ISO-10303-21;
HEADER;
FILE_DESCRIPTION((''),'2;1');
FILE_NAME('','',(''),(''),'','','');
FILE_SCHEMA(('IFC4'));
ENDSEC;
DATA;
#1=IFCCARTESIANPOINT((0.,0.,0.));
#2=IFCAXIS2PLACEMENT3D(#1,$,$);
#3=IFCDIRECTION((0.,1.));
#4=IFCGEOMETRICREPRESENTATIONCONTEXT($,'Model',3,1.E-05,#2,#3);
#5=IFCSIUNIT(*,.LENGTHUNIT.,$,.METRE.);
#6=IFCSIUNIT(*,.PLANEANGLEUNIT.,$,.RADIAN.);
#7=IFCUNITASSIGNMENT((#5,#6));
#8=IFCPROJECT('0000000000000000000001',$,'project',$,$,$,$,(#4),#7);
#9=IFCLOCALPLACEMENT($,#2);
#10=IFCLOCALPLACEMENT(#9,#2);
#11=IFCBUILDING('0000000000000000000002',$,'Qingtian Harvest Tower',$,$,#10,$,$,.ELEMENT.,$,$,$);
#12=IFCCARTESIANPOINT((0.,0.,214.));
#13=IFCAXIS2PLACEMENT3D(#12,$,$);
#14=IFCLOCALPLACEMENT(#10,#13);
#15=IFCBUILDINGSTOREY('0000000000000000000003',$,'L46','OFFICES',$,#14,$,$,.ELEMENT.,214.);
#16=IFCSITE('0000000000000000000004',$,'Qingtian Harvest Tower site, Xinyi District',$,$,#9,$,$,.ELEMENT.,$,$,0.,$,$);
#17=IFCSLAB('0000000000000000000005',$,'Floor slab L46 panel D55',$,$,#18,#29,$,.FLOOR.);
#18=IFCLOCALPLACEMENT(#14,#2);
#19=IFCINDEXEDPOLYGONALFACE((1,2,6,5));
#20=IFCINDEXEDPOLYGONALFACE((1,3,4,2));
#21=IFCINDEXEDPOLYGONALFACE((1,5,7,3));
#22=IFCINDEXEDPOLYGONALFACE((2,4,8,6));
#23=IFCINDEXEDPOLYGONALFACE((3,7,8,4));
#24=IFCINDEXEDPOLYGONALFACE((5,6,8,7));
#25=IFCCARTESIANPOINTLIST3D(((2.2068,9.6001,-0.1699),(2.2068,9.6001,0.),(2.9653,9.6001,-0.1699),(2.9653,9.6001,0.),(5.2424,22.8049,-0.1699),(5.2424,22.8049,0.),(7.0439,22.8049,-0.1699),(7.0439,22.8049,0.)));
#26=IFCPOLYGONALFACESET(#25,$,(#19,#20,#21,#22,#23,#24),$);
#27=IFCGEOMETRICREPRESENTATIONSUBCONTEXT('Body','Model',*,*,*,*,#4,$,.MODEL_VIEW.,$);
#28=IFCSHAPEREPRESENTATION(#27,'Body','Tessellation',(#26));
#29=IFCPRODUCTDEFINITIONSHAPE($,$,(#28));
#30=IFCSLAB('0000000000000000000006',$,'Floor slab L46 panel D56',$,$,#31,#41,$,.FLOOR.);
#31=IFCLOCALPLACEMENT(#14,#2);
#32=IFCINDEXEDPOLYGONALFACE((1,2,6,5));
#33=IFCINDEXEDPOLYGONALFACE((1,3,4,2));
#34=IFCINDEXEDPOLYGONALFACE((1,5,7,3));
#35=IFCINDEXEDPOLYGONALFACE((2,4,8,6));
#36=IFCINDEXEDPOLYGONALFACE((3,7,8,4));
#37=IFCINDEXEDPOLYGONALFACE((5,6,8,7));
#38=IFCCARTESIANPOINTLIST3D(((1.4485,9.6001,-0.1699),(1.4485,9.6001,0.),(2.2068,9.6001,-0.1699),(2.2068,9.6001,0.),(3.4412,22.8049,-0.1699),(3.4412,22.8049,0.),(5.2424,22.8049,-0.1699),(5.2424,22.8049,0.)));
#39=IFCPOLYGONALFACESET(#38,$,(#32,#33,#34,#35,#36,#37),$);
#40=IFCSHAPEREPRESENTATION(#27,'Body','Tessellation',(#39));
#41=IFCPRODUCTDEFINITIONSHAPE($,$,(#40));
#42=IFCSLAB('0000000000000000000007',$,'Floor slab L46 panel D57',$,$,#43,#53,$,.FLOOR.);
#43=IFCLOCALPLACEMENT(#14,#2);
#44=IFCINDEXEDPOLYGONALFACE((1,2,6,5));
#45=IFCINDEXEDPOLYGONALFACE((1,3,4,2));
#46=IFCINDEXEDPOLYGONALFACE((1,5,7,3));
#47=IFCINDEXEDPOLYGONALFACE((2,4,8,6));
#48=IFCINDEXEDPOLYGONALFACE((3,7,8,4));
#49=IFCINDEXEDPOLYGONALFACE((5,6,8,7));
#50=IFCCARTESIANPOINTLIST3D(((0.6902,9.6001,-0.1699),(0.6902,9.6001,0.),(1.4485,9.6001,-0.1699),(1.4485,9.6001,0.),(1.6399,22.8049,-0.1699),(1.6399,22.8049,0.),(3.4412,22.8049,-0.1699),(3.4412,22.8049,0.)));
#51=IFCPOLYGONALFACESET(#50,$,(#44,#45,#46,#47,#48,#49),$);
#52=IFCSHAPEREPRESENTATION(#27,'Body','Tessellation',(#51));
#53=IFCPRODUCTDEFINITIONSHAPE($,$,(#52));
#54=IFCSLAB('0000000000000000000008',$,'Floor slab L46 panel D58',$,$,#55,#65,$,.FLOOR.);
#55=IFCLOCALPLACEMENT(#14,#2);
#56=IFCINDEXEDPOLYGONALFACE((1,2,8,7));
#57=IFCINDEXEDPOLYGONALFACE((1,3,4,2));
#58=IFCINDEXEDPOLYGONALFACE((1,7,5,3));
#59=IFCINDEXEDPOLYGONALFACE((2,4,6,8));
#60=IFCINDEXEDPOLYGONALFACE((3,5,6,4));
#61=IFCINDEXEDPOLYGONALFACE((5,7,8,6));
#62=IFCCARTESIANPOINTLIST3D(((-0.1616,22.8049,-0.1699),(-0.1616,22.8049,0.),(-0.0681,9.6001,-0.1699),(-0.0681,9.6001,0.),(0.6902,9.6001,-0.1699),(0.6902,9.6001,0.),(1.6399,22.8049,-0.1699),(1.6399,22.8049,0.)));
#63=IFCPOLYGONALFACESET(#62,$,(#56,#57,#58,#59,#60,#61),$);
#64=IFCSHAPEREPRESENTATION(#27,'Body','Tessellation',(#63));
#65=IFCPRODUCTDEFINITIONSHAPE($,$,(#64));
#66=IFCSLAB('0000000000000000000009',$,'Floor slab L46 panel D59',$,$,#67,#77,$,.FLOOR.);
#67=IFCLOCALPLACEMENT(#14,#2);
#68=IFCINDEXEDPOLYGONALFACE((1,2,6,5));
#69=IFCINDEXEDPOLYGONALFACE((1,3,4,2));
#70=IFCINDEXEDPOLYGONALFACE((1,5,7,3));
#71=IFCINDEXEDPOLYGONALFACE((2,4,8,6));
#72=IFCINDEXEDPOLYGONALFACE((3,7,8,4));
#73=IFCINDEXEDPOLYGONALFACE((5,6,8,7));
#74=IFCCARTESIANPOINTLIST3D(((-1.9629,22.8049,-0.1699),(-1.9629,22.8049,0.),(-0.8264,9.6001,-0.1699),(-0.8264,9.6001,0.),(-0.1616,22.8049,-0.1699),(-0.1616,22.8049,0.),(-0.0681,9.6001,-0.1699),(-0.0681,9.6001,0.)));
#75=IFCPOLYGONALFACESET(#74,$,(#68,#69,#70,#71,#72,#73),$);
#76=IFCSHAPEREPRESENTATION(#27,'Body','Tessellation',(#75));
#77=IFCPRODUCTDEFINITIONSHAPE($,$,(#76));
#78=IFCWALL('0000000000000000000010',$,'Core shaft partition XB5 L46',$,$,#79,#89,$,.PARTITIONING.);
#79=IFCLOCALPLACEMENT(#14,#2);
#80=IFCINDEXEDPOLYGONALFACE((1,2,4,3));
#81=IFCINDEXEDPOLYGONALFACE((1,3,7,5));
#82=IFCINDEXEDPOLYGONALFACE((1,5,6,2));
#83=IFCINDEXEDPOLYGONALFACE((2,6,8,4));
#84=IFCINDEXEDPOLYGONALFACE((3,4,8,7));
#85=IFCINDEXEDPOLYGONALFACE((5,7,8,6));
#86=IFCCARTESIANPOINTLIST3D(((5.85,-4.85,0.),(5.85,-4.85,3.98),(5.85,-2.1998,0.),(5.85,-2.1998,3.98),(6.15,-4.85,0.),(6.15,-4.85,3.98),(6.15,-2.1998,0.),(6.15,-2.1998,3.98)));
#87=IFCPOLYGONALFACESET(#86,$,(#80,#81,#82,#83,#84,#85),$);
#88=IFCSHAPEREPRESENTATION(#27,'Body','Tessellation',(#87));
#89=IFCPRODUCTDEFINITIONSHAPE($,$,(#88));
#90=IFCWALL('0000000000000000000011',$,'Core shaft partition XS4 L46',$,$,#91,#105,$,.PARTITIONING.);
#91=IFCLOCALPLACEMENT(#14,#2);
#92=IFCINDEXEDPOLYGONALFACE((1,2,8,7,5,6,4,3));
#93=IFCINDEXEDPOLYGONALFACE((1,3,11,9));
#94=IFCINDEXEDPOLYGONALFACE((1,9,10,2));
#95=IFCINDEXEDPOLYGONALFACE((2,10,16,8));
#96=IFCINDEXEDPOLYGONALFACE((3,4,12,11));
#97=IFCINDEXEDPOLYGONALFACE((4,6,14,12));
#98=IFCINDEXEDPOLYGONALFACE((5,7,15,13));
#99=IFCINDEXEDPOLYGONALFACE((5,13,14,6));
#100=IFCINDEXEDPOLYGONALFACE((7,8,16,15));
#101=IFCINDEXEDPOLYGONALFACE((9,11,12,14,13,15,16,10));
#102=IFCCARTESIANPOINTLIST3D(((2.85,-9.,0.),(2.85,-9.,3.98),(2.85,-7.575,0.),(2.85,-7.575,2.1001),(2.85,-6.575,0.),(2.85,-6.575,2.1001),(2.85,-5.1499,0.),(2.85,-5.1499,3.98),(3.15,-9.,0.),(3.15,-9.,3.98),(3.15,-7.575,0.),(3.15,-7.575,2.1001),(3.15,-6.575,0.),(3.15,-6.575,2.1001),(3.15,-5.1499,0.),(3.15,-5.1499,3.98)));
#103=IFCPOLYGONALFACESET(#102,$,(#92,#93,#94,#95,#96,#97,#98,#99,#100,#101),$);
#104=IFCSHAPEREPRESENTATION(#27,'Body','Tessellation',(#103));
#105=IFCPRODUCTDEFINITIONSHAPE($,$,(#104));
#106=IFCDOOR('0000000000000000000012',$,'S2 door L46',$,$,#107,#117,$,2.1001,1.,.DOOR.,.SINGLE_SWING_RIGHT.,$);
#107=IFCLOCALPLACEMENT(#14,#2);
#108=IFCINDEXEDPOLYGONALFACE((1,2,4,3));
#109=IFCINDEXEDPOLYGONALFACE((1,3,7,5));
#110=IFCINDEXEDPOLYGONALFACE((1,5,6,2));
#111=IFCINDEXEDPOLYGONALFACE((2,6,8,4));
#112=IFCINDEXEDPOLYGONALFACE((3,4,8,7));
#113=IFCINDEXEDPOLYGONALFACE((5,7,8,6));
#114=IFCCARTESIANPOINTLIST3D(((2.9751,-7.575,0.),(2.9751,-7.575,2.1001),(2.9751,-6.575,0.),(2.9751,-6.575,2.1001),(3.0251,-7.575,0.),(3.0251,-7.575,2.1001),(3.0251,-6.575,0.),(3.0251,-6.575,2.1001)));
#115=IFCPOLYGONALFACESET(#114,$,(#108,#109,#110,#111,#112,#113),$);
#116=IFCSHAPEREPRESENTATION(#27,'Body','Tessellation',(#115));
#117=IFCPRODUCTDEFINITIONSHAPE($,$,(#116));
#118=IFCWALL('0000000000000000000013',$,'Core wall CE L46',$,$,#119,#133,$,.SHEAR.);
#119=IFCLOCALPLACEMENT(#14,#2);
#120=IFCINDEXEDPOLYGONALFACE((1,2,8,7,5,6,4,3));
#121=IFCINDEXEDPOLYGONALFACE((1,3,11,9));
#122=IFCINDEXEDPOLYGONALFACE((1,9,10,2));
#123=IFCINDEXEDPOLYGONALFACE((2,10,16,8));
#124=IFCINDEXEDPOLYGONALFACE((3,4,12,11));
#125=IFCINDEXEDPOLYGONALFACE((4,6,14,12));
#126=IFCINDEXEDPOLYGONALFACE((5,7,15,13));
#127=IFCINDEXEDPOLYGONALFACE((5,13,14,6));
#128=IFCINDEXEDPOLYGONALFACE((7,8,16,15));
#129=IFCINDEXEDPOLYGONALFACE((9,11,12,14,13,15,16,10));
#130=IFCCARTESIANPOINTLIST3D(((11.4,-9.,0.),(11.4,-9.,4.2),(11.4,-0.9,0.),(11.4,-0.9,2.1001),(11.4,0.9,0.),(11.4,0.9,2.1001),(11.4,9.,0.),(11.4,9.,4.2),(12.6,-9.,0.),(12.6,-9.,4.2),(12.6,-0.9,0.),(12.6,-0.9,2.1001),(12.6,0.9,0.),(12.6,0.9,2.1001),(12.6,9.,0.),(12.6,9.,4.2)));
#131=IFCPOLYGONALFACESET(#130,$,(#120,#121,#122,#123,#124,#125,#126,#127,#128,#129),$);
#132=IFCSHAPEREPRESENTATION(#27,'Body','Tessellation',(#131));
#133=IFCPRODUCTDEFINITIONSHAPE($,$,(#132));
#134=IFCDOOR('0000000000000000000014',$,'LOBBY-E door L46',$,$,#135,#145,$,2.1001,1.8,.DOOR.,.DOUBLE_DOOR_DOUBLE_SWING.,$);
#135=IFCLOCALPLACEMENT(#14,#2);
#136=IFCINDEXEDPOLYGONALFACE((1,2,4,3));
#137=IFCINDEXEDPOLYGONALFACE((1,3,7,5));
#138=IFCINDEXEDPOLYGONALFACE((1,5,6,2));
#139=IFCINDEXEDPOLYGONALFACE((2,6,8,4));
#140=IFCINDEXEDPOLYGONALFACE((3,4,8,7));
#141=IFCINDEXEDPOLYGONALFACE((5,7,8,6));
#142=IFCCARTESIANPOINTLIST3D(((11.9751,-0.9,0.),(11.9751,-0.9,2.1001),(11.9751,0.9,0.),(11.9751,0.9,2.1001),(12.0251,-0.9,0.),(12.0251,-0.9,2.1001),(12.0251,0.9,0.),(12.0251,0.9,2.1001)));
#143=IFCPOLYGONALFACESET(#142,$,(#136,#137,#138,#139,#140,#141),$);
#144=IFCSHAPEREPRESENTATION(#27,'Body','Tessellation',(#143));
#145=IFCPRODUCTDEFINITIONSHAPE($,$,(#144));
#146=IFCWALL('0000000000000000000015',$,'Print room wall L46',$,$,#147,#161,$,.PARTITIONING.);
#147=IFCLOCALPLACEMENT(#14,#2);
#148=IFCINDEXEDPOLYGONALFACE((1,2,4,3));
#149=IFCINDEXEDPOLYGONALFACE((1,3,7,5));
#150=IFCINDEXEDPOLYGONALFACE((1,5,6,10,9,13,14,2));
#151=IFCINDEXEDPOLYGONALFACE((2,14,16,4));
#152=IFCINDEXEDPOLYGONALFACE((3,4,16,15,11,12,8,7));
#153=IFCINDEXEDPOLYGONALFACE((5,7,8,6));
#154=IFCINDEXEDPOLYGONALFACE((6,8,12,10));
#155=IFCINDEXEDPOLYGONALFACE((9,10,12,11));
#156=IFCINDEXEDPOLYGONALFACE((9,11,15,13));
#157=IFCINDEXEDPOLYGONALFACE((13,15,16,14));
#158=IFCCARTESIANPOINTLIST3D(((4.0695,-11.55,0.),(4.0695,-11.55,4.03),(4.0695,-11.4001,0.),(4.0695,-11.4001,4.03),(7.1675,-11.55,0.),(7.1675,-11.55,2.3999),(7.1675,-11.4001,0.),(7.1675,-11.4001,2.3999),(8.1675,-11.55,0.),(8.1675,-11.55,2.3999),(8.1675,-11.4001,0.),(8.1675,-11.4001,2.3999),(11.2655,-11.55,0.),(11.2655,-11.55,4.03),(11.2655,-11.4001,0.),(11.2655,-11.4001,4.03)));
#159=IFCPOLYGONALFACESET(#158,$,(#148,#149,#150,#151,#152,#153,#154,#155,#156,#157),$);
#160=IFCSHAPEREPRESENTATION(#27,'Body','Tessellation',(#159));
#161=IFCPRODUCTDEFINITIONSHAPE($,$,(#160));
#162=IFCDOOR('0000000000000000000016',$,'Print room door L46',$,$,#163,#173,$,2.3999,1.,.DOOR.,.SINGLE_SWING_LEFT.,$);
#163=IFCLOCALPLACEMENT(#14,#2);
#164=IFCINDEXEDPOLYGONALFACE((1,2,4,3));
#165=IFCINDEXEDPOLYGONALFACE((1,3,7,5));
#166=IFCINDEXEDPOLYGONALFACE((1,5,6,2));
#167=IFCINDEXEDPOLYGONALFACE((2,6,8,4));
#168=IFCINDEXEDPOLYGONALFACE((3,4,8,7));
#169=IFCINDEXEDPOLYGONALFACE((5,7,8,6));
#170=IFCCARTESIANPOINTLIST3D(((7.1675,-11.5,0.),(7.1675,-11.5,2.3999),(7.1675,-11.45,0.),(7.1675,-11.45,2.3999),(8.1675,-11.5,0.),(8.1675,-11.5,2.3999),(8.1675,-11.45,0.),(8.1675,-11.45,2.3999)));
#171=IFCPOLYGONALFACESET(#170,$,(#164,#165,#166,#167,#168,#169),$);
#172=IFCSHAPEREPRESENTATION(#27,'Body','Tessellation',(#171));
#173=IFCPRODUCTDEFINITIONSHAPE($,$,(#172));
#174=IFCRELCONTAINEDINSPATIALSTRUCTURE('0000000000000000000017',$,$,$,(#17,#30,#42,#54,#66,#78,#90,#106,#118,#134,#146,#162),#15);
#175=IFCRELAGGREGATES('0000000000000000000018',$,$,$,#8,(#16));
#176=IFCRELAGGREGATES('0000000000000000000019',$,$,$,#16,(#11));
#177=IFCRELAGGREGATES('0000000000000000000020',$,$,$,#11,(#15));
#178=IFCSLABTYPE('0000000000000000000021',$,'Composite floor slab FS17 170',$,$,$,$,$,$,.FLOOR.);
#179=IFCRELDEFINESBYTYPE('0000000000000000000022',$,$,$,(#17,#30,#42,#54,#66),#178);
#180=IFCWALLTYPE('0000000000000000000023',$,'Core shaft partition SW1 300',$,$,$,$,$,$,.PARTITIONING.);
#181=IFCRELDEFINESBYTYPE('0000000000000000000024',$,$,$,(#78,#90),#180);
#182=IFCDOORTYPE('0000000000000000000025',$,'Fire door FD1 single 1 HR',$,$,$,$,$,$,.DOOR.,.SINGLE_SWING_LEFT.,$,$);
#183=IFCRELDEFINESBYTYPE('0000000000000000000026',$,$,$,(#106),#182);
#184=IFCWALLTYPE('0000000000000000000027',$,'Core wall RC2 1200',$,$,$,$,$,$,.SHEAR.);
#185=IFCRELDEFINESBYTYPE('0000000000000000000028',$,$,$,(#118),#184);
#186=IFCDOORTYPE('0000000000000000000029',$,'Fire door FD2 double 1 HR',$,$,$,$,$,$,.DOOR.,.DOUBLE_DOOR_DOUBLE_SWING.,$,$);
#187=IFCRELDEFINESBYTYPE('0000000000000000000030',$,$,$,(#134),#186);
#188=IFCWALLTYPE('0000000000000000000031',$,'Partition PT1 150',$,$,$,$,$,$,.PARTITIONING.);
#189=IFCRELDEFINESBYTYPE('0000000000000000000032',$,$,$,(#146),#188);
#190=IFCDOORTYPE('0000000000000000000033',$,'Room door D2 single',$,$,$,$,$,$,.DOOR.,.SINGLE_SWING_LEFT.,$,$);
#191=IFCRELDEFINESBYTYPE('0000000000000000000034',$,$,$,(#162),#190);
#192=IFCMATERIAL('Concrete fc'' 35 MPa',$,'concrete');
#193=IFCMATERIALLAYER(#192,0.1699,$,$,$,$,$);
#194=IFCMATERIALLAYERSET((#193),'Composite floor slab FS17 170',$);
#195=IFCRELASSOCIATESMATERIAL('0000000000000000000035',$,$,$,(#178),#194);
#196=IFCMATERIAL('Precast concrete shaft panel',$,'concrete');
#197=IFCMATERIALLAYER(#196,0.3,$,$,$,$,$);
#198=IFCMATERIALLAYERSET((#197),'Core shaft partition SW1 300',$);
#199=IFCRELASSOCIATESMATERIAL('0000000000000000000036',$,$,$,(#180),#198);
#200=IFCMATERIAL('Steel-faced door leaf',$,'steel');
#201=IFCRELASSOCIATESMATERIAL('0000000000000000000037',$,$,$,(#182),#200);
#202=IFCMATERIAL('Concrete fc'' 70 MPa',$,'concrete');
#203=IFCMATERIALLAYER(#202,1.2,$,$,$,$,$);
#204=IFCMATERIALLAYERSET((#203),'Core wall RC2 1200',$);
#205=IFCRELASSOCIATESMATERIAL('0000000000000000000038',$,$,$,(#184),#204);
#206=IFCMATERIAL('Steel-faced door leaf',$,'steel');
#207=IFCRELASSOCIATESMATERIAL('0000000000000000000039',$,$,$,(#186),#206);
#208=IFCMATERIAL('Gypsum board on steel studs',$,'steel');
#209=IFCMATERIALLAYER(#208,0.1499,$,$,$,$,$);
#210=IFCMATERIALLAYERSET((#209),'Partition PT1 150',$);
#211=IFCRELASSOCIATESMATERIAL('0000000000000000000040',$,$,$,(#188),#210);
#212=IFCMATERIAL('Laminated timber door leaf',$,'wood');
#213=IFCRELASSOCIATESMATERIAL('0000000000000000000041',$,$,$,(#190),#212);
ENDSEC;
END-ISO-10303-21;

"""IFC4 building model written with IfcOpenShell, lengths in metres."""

from ifc_helpers import new_model, si_unit, direction, frame, frame_2d, origin, place, context, subcontext, project, spatial, polyline, rectangle, outline, extrude, material, layer, layer_set, type_object, element, fill, save


model = new_model("IFC4")

# Units and contexts
model_context = context("Model", 3, precision=1e-05, world=origin(), true_north=direction((0.0, 1.0)))
body_context = subcontext(model_context, "Body", "Model", "MODEL_VIEW")
ifc_project = project(units=[si_unit("LENGTHUNIT", "METRE"), si_unit("PLANEANGLEUNIT", "RADIAN")], contexts=[model_context])

# Site, building, storey
site_placement = place(None, origin())
site = spatial("IfcSite", under=ifc_project, at=site_placement, Name="Qingtian Harvest Tower site, Xinyi District", CompositionType="ELEMENT", RefElevation=0.0)
building_placement = place(site_placement, origin())
building = spatial("IfcBuilding", under=site, at=building_placement, Name="Qingtian Harvest Tower", CompositionType="ELEMENT")
storey_placement = place(building_placement, frame((0.0, 0.0, 214.0)))
storey = spatial("IfcBuildingStorey", under=building, at=storey_placement, Name="L46", Description="OFFICES", CompositionType="ELEMENT", Elevation=214.0)

# Slabs
ifc_material_1 = material(Name="Concrete fc' 35 MPa", Category="concrete")
ifc_layer_1 = layer(ifc_material_1, 0.1699)
ifc_layer_set_1 = layer_set([ifc_layer_1], Name="Composite floor slab FS17 170")
slab_type = type_object("IfcSlabType", Name="Composite floor slab FS17 170", PredefinedType="FLOOR", material=ifc_layer_set_1)
slab_1_placement = place(storey_placement, frame((0.0, 0.0, -0.1699)))
element("IfcSlab", 1, at=slab_1_placement, inside=storey, type_object=slab_type, Name="Floor slab L46 panel D55", PredefinedType="FLOOR", context=body_context, shape_type="SweptSolid", body=[
    extrude(outline(polyline([(2.2068, 9.6001), (5.2424, 22.8049), (7.0439, 22.8049), (2.9653, 9.6001), (2.2068, 9.6001)])), origin(), (0.0, 0.0, 1.0), 0.1699),
])
slab_2_placement = place(storey_placement, frame((0.0, 0.0, -0.1699)))
element("IfcSlab", 2, at=slab_2_placement, inside=storey, type_object=slab_type, Name="Floor slab L46 panel D56", PredefinedType="FLOOR", context=body_context, shape_type="SweptSolid", body=[
    extrude(outline(polyline([(1.4485, 9.6001), (3.4412, 22.8049), (5.2424, 22.8049), (2.2068, 9.6001), (1.4485, 9.6001)])), origin(), (0.0, 0.0, 1.0), 0.1699),
])
slab_3_placement = place(storey_placement, frame((0.0, 0.0, -0.1699)))
element("IfcSlab", 3, at=slab_3_placement, inside=storey, type_object=slab_type, Name="Floor slab L46 panel D57", PredefinedType="FLOOR", context=body_context, shape_type="SweptSolid", body=[
    extrude(outline(polyline([(0.6902, 9.6001), (1.6399, 22.8049), (3.4412, 22.8049), (1.4485, 9.6001), (0.6902, 9.6001)])), origin(), (0.0, 0.0, 1.0), 0.1699),
])
slab_4_placement = place(storey_placement, frame((0.0, 0.0, -0.1699)))
element("IfcSlab", 4, at=slab_4_placement, inside=storey, type_object=slab_type, Name="Floor slab L46 panel D58", PredefinedType="FLOOR", context=body_context, shape_type="SweptSolid", body=[
    extrude(outline(polyline([(-0.0681, 9.6001), (-0.1616, 22.8049), (1.6399, 22.8049), (0.6902, 9.6001), (-0.0681, 9.6001)])), origin(), (0.0, 0.0, 1.0), 0.1699),
])
slab_5_placement = place(storey_placement, frame((0.0, 0.0, -0.1699)))
element("IfcSlab", 5, at=slab_5_placement, inside=storey, type_object=slab_type, Name="Floor slab L46 panel D59", PredefinedType="FLOOR", context=body_context, shape_type="SweptSolid", body=[
    extrude(outline(polyline([(-0.8264, 9.6001), (-1.9629, 22.8049), (-0.1616, 22.8049), (-0.0681, 9.6001), (-0.8264, 9.6001)])), origin(), (0.0, 0.0, 1.0), 0.1699),
])

# Wall
ifc_material_2 = material(Name="Precast concrete shaft panel", Category="concrete")
ifc_layer_2 = layer(ifc_material_2, 0.3)
ifc_layer_set_2 = layer_set([ifc_layer_2], Name="Core shaft partition SW1 300")
wall_type_1 = type_object("IfcWallType", Name="Core shaft partition SW1 300", PredefinedType="PARTITIONING", material=ifc_layer_set_2)
wall_1_placement = place(storey_placement, frame((6.0, -4.8501, 0.0), z_axis=(0.0, 0.0, 1.0), x_axis=(0.0, 1.0, 0.0)))
element("IfcWall", 6, at=wall_1_placement, inside=storey, type_object=wall_type_1, Name="Core shaft partition XB5 L46", PredefinedType="PARTITIONING", context=body_context, shape_type="SweptSolid", body=[
    extrude(rectangle(XDim=2.6501, YDim=0.3, at=frame_2d((1.3252, 0.0))), origin(), (0.0, 0.0, 1.0), 3.98),
])

# Walls, openings, doors
wall_2_placement = place(storey_placement, frame((3.0, -9.0, 0.0), z_axis=(0.0, 0.0, 1.0), x_axis=(0.0, 1.0, 0.0)))
wall_2 = element("IfcWall", 7, at=wall_2_placement, inside=storey, type_object=wall_type_1, Name="Core shaft partition XS4 L46", PredefinedType="PARTITIONING", context=body_context, shape_type="SweptSolid", body=[
    extrude(rectangle(XDim=3.8501, YDim=0.3, at=frame_2d((1.925, 0.0))), origin(), (0.0, 0.0, 1.0), 3.98),
])
opening_1_placement = place(wall_2_placement, frame((1.425, 0.0, 0.0)))
opening_1 = element("IfcOpeningElement", 8, at=opening_1_placement, cuts=wall_2, PredefinedType="OPENING", context=body_context, shape_type="SweptSolid", body=[
    extrude(rectangle(XDim=1.0, YDim=2.1001, at=frame_2d((0.5, 1.05))), frame((0.0, 0.1599, 0.0), z_axis=(0.0, -1.0, 0.0), x_axis=(1.0, 0.0, 0.0)), (0.0, 0.0, 1.0), 0.3201),
])
ifc_material_3 = material(Name="Steel-faced door leaf", Category="steel")
door_type_1 = type_object("IfcDoorType", Name="Fire door FD1 single 1 HR", OperationType="SINGLE_SWING_LEFT", PredefinedType="DOOR", material=ifc_material_3)
door_1_placement = place(opening_1_placement, origin())
door_1 = element("IfcDoor", 9, at=door_1_placement, inside=storey, type_object=door_type_1, Name="S2 door L46", OperationType="SINGLE_SWING_RIGHT", OverallHeight=2.1001, OverallWidth=1.0, PredefinedType="DOOR", context=body_context, shape_type="SweptSolid", body=[
    extrude(rectangle(XDim=1.0, YDim=2.1001, at=frame_2d((0.5, 1.05))), frame((0.0, 0.0249, 0.0), z_axis=(0.0, -1.0, 0.0), x_axis=(1.0, 0.0, 0.0)), (0.0, 0.0, 1.0), 0.05),
])
fill(opening_1, door_1)
ifc_material_4 = material(Name="Concrete fc' 70 MPa", Category="concrete")
ifc_layer_3 = layer(ifc_material_4, 1.2)
ifc_layer_set_3 = layer_set([ifc_layer_3], Name="Core wall RC2 1200")
wall_type_2 = type_object("IfcWallType", Name="Core wall RC2 1200", PredefinedType="SHEAR", material=ifc_layer_set_3)
wall_3_placement = place(storey_placement, frame((12.0, -9.0, 0.0), z_axis=(0.0, 0.0, 1.0), x_axis=(0.0, 1.0, 0.0)))
wall_3 = element("IfcWall", 10, at=wall_3_placement, inside=storey, type_object=wall_type_2, Name="Core wall CE L46", PredefinedType="SHEAR", context=body_context, shape_type="SweptSolid", body=[
    extrude(rectangle(XDim=18.0, YDim=1.2, at=frame_2d((9.0, 0.0))), origin(), (0.0, 0.0, 1.0), 4.2),
])
opening_2_placement = place(wall_3_placement, frame((8.1001, 0.0, 0.0)))
opening_2 = element("IfcOpeningElement", 11, at=opening_2_placement, cuts=wall_3, PredefinedType="OPENING", context=body_context, shape_type="SweptSolid", body=[
    extrude(rectangle(XDim=1.8, YDim=2.1001, at=frame_2d((0.8999, 1.05))), frame((0.0, 0.6099, 0.0), z_axis=(0.0, -1.0, 0.0), x_axis=(1.0, 0.0, 0.0)), (0.0, 0.0, 1.0), 1.22),
])
ifc_material_5 = material(Name="Steel-faced door leaf", Category="steel")
door_type_2 = type_object("IfcDoorType", Name="Fire door FD2 double 1 HR", OperationType="DOUBLE_DOOR_DOUBLE_SWING", PredefinedType="DOOR", material=ifc_material_5)
door_2_placement = place(opening_2_placement, origin())
door_2 = element("IfcDoor", 12, at=door_2_placement, inside=storey, type_object=door_type_2, Name="LOBBY-E door L46", OperationType="DOUBLE_DOOR_DOUBLE_SWING", OverallHeight=2.1001, OverallWidth=1.8, PredefinedType="DOOR", context=body_context, shape_type="SweptSolid", body=[
    extrude(rectangle(XDim=1.8, YDim=2.1001, at=frame_2d((0.8999, 1.05))), frame((0.0, 0.0249, 0.0), z_axis=(0.0, -1.0, 0.0), x_axis=(1.0, 0.0, 0.0)), (0.0, 0.0, 1.0), 0.05),
])
fill(opening_2, door_2)
ifc_material_6 = material(Name="Gypsum board on steel studs", Category="steel")
ifc_layer_4 = layer(ifc_material_6, 0.1499)
ifc_layer_set_4 = layer_set([ifc_layer_4], Name="Partition PT1 150")
wall_type_3 = type_object("IfcWallType", Name="Partition PT1 150", PredefinedType="PARTITIONING", material=ifc_layer_set_4)
wall_4_placement = place(storey_placement, frame((11.2656, -11.4751, 0.0), z_axis=(0.0, 0.0, 1.0), x_axis=(-1.0, 0.0, 0.0)))
wall_4 = element("IfcWall", 13, at=wall_4_placement, inside=storey, type_object=wall_type_3, Name="Print room wall L46", PredefinedType="PARTITIONING", context=body_context, shape_type="SweptSolid", body=[
    extrude(rectangle(XDim=7.196, YDim=0.1499, at=frame_2d((3.5981, 0.0))), origin(), (0.0, 0.0, 1.0), 4.03),
])
opening_3_placement = place(wall_4_placement, frame((3.0981, 0.0, 0.0)))
opening_3 = element("IfcOpeningElement", 14, at=opening_3_placement, cuts=wall_4, PredefinedType="OPENING", context=body_context, shape_type="SweptSolid", body=[
    extrude(rectangle(XDim=1.0, YDim=2.3999, at=frame_2d((0.5, 1.2))), frame((0.0, 0.085, 0.0), z_axis=(0.0, -1.0, 0.0), x_axis=(1.0, 0.0, 0.0)), (0.0, 0.0, 1.0), 0.1699),
])
ifc_material_7 = material(Name="Laminated timber door leaf", Category="wood")
door_type_3 = type_object("IfcDoorType", Name="Room door D2 single", OperationType="SINGLE_SWING_LEFT", PredefinedType="DOOR", material=ifc_material_7)
door_3_placement = place(opening_3_placement, origin())
door_3 = element("IfcDoor", 15, at=door_3_placement, inside=storey, type_object=door_type_3, Name="Print room door L46", OperationType="SINGLE_SWING_LEFT", OverallHeight=2.3999, OverallWidth=1.0, PredefinedType="DOOR", context=body_context, shape_type="SweptSolid", body=[
    extrude(rectangle(XDim=1.0, YDim=2.3999, at=frame_2d((0.5, 1.2))), frame((0.0, 0.0249, 0.0), z_axis=(0.0, -1.0, 0.0), x_axis=(1.0, 0.0, 0.0)), (0.0, 0.0, 1.0), 0.05),
])
fill(opening_3, door_3)

save(model, "model.ifc")
